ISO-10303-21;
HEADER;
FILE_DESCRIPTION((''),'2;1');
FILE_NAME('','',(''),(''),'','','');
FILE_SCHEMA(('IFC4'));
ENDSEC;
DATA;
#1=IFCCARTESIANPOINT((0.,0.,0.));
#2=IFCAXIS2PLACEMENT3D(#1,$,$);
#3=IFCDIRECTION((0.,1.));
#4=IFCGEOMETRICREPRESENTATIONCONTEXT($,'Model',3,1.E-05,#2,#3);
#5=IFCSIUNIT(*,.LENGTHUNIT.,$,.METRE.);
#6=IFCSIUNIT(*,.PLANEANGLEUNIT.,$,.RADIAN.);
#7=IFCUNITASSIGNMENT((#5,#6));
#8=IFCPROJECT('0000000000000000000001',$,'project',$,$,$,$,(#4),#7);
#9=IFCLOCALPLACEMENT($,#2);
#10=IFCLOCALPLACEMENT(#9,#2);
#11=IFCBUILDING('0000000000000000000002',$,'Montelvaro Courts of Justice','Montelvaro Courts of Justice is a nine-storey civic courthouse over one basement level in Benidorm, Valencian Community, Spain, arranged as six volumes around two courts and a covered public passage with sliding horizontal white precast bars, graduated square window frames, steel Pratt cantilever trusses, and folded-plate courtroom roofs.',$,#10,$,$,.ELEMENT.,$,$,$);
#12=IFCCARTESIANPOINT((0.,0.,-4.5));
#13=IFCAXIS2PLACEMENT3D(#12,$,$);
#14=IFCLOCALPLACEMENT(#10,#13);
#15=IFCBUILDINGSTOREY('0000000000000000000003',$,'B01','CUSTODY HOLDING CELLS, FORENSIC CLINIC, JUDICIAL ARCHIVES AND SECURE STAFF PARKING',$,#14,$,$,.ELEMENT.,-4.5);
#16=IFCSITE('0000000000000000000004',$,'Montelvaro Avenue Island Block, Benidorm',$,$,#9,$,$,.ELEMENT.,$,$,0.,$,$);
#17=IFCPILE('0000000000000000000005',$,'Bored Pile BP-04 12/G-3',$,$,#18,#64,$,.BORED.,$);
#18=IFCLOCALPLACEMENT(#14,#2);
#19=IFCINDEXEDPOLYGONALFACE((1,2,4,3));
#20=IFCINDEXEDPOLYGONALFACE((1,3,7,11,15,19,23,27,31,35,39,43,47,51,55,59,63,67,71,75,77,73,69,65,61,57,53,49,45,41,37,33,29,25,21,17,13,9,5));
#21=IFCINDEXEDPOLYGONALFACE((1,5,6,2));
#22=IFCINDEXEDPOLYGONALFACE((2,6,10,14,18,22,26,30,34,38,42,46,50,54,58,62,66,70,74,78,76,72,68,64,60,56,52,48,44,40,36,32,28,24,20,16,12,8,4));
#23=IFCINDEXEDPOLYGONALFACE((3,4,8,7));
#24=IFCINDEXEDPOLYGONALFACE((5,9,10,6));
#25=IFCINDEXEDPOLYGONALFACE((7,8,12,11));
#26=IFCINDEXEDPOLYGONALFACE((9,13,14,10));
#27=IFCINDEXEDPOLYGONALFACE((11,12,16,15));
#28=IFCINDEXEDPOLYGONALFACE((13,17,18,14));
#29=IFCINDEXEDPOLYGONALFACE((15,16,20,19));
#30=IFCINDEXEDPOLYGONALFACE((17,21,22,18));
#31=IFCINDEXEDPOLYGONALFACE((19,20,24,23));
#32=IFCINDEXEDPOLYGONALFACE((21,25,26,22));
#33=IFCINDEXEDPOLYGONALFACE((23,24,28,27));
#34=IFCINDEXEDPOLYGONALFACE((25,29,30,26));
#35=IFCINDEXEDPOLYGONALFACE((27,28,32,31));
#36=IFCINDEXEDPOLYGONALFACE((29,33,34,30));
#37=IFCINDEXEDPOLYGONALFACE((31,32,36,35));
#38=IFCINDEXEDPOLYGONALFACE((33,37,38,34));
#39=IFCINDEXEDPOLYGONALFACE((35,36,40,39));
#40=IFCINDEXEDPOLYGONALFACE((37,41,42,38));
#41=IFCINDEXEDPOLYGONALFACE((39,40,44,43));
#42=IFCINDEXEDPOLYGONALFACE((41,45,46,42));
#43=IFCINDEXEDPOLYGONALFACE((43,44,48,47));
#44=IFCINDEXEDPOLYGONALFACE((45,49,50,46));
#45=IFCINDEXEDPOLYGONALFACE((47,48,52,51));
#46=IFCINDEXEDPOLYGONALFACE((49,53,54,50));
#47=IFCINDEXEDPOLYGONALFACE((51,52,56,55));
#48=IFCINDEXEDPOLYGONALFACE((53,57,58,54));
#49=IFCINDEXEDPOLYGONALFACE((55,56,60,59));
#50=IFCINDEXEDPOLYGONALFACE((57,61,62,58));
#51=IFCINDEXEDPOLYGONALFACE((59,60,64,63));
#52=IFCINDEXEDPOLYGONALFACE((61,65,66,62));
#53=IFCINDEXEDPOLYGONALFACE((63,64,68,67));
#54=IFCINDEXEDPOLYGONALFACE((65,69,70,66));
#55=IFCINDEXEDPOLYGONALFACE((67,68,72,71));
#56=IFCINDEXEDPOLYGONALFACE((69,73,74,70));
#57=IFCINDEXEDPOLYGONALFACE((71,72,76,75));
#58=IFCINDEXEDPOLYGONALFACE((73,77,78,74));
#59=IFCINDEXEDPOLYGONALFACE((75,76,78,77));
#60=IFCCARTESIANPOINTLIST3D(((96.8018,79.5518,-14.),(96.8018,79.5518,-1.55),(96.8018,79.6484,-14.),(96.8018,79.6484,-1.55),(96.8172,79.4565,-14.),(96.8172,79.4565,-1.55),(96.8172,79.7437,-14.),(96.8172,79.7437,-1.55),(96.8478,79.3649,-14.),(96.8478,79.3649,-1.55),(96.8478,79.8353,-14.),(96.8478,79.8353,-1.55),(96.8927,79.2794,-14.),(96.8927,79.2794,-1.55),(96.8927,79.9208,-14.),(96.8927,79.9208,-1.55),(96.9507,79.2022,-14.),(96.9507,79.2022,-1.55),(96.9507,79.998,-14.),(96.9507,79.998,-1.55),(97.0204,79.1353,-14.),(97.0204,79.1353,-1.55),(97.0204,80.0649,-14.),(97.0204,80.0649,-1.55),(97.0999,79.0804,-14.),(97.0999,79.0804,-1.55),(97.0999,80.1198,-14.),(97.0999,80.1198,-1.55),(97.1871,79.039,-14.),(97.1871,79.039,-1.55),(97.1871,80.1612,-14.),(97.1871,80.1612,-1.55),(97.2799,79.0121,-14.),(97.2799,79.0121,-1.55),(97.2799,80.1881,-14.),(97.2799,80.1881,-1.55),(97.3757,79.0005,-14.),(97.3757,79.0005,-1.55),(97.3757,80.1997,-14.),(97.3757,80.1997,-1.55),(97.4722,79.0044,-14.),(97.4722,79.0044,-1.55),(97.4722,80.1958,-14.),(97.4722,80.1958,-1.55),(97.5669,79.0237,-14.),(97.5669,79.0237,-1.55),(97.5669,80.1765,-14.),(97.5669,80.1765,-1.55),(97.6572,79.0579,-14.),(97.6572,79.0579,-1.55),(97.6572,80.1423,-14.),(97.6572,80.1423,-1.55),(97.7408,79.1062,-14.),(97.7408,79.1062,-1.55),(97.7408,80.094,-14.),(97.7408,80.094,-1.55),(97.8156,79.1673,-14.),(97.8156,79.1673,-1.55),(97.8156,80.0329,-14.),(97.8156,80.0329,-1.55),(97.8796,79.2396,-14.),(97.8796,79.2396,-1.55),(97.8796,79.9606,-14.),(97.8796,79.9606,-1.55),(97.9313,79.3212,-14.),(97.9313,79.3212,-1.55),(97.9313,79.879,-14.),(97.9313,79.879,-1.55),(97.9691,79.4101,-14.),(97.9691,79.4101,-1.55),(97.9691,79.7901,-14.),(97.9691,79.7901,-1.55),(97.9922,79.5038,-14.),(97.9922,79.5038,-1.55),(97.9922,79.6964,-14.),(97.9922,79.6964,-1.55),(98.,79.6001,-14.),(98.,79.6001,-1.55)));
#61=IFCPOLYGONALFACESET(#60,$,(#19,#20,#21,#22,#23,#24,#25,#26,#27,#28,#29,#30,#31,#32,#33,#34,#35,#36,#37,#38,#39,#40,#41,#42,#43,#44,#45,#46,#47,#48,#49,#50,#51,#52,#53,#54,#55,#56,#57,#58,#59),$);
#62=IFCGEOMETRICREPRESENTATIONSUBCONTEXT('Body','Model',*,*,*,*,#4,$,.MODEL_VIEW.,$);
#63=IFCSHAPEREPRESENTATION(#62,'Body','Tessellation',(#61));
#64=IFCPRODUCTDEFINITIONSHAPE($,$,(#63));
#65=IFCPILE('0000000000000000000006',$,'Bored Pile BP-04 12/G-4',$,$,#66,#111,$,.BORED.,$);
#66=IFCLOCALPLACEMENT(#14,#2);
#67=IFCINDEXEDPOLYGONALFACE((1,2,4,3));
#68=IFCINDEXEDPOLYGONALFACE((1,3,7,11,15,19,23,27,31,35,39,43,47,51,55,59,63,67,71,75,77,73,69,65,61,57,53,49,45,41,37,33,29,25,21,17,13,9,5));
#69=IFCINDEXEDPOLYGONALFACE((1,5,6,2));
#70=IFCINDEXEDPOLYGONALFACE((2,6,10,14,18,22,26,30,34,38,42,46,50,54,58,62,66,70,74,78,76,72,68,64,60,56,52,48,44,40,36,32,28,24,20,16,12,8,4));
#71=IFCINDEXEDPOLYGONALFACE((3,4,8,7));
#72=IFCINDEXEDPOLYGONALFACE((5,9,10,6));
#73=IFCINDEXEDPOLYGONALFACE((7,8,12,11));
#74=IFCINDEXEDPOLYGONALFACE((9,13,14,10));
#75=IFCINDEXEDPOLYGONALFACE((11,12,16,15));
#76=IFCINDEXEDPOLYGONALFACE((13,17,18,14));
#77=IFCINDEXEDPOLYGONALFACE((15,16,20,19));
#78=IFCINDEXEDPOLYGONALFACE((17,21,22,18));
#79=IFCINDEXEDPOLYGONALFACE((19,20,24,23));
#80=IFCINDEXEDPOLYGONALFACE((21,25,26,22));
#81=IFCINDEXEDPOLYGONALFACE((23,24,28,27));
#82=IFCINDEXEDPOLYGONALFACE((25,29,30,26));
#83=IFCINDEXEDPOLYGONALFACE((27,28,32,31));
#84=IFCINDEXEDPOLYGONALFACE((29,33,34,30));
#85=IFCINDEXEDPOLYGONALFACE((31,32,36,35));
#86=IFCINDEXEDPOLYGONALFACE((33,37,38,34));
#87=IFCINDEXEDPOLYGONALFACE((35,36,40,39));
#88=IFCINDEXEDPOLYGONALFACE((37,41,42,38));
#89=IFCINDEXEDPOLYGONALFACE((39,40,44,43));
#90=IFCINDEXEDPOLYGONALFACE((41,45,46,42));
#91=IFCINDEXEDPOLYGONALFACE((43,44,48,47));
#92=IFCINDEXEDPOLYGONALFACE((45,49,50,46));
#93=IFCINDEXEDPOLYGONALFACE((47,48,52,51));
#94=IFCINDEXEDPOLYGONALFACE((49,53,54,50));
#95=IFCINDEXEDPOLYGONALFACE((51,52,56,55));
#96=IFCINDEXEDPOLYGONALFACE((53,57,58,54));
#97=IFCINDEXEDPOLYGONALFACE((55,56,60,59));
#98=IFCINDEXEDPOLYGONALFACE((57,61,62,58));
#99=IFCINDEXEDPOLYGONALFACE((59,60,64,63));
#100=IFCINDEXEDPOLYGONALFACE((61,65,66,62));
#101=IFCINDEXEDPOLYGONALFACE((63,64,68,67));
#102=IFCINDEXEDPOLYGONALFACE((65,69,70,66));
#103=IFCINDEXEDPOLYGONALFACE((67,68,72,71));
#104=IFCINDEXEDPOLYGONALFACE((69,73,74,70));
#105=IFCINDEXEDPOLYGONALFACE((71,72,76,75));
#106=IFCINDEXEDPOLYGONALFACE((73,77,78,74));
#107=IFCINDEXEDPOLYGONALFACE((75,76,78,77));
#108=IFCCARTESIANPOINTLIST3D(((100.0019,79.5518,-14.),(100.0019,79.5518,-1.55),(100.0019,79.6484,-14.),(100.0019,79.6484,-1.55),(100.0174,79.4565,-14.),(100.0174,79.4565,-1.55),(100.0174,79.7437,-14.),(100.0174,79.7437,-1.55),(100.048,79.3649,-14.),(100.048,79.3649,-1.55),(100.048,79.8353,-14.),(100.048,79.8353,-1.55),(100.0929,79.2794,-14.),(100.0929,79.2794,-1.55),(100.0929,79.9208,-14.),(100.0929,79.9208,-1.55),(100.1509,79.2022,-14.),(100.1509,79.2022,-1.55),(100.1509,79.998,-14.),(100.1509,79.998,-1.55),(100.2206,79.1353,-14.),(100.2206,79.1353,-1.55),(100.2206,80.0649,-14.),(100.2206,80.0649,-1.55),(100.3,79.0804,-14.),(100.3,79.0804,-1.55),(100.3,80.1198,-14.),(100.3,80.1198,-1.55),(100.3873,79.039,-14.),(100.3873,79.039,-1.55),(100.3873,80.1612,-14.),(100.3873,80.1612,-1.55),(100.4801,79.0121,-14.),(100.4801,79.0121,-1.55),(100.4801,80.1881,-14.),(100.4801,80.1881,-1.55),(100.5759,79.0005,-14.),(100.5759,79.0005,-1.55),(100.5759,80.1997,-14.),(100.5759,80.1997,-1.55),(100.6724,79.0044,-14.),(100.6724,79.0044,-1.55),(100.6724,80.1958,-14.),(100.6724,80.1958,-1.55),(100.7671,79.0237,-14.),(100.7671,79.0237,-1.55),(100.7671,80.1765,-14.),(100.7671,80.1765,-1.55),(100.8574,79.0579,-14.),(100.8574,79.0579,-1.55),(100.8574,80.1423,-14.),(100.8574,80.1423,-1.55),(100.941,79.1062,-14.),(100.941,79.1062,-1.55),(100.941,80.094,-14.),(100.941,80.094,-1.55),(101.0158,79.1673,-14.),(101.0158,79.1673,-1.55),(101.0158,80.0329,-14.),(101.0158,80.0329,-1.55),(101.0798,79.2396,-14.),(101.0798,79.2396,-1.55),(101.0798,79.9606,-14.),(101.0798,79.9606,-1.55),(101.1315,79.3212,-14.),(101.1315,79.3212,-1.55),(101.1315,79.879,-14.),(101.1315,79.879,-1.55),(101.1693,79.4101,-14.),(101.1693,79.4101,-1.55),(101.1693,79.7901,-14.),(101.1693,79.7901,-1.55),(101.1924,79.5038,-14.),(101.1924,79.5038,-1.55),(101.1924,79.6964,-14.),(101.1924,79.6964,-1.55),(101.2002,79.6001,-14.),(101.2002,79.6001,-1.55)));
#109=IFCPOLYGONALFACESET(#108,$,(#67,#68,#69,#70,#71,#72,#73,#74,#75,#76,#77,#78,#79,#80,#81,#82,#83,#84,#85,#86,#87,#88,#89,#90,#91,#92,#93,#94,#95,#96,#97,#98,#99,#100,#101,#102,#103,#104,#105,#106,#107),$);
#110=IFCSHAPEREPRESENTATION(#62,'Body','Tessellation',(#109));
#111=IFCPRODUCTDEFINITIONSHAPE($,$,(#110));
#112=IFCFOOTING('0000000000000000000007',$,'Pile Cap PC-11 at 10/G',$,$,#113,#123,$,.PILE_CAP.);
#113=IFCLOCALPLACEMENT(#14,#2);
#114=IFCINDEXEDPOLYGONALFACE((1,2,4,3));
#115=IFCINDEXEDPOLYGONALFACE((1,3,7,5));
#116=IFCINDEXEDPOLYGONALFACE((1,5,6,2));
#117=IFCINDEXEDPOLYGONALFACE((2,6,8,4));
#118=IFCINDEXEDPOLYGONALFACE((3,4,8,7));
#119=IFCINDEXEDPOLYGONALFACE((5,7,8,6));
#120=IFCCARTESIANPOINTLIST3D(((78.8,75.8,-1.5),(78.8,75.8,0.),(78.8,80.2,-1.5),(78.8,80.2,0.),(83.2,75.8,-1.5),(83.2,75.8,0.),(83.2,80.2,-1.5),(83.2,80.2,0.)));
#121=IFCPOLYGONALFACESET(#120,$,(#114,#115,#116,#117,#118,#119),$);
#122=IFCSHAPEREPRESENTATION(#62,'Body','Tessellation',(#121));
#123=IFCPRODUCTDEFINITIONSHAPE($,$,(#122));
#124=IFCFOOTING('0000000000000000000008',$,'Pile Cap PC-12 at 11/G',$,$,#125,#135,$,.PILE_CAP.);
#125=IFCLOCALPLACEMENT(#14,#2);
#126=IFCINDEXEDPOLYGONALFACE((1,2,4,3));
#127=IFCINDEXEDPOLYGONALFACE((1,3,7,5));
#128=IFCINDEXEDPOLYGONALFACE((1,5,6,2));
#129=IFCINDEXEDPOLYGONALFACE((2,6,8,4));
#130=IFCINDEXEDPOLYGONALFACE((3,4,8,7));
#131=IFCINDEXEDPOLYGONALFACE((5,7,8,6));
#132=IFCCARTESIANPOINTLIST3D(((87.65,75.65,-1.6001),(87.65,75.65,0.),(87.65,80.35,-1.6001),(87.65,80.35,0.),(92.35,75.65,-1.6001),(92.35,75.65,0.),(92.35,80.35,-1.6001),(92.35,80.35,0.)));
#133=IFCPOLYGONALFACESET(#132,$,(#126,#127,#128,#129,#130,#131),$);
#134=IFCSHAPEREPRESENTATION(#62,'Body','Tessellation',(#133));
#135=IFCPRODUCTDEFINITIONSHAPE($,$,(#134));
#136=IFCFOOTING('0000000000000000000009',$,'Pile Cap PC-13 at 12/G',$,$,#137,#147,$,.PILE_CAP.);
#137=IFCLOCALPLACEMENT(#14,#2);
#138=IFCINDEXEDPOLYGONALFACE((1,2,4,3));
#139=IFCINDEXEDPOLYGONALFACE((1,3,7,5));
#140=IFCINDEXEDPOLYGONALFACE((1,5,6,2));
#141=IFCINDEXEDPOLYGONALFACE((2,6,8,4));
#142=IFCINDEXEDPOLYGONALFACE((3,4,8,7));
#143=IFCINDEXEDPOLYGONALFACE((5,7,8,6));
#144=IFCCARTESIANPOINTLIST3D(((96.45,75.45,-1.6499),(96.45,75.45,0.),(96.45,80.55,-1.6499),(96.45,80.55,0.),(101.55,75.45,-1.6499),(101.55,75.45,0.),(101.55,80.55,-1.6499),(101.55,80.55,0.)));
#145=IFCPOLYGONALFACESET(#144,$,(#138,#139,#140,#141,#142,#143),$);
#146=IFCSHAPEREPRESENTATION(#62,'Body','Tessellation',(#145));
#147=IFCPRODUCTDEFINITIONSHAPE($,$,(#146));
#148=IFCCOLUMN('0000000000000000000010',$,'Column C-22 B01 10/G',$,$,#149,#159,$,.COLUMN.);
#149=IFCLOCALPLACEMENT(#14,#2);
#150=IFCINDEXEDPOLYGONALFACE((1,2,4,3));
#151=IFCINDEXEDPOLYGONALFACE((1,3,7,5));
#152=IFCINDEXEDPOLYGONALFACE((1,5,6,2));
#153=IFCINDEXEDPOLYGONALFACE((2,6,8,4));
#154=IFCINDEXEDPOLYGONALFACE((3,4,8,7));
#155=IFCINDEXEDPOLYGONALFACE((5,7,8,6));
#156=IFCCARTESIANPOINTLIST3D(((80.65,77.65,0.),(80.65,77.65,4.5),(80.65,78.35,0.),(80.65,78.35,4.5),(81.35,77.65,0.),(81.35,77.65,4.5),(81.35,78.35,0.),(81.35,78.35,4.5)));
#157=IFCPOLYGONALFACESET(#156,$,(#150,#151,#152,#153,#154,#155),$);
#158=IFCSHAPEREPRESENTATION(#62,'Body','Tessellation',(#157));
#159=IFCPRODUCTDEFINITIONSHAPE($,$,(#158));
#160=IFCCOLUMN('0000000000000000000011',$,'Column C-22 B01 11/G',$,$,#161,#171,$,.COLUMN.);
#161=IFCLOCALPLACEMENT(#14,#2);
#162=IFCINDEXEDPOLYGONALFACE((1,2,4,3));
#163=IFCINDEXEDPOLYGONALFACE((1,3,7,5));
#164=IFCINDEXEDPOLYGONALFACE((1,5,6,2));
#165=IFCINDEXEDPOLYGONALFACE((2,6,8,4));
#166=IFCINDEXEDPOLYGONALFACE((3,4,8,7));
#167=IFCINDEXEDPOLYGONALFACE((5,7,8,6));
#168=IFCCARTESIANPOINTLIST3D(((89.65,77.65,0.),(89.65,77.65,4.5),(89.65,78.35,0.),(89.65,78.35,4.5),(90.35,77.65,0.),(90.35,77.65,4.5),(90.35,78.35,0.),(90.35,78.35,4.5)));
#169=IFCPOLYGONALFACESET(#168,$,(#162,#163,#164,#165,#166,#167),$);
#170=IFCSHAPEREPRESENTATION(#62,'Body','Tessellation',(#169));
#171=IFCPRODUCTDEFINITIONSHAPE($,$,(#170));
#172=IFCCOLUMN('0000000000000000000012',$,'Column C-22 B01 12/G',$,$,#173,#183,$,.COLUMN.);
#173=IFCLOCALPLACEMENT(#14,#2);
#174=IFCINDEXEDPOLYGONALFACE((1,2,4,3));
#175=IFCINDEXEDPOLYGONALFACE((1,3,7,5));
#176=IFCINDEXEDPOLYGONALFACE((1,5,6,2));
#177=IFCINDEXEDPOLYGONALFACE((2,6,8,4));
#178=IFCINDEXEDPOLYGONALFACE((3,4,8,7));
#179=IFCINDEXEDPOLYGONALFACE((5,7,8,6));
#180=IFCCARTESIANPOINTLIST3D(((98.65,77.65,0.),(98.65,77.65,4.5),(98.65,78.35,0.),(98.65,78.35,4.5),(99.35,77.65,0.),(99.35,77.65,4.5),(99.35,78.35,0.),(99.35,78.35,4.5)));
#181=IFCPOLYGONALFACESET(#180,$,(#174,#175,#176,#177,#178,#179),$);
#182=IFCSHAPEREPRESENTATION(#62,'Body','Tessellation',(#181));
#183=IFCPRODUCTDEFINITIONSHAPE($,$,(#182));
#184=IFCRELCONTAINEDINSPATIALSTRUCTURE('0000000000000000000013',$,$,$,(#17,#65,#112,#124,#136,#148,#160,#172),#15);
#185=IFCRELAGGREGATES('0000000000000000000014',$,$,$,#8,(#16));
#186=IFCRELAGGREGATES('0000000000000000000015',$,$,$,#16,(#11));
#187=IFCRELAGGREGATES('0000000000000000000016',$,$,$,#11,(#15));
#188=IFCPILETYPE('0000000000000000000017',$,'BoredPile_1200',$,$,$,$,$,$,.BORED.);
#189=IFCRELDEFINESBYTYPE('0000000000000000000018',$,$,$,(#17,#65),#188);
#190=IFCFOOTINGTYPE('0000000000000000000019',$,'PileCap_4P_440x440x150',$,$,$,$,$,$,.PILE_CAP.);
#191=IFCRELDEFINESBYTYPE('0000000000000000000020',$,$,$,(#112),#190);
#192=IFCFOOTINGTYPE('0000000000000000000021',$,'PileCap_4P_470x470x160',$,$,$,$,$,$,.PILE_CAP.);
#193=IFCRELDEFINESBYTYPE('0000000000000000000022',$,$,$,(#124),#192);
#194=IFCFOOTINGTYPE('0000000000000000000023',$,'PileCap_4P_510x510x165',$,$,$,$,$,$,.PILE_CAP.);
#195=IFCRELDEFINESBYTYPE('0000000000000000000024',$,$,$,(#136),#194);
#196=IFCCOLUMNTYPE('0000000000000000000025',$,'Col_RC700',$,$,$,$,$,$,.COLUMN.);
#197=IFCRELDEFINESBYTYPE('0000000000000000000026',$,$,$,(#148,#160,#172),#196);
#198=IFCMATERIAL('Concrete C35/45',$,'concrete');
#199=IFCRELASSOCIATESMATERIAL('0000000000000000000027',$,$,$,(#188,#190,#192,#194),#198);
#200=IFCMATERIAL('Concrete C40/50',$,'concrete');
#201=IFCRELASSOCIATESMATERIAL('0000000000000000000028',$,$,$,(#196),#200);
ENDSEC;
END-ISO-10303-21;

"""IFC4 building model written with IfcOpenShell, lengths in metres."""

from ifc_helpers import new_model, si_unit, direction, frame, origin, origin_2d, place, context, subcontext, project, spatial, rectangle, circle, extrude, material, material_profile, profile_set, type_object, element, save


model = new_model("IFC4")

# Units and contexts
model_context = context("Model", 3, precision=1e-05, world=origin(), true_north=direction((0.0, 1.0)))
body_context = subcontext(model_context, "Body", "Model", "MODEL_VIEW")
ifc_project = project(units=[si_unit("LENGTHUNIT", "METRE"), si_unit("PLANEANGLEUNIT", "RADIAN")], contexts=[model_context])

# Site, building, storey
site_placement = place(None, origin())
site = spatial("IfcSite", under=ifc_project, at=site_placement, Name="Montelvaro Avenue Island Block, Benidorm", CompositionType="ELEMENT", RefElevation=0.0)
building_placement = place(site_placement, origin())
building = spatial("IfcBuilding", under=site, at=building_placement, Name="Montelvaro Courts of Justice", Description="Montelvaro Courts of Justice is a nine-storey civic courthouse over one basement level in Benidorm, Valencian Community, Spain, arranged as six volumes around two courts and a covered public passage with sliding horizontal white precast bars, graduated square window frames, steel Pratt cantilever trusses, and folded-plate courtroom roofs.", CompositionType="ELEMENT")
storey_placement = place(building_placement, frame((0.0, 0.0, -4.5)))
storey = spatial("IfcBuildingStorey", under=building, at=storey_placement, Name="B01", Description="CUSTODY HOLDING CELLS, FORENSIC CLINIC, JUDICIAL ARCHIVES AND SECURE STAFF PARKING", CompositionType="ELEMENT", Elevation=-4.5)

# Piles
ifc_material_1 = material(Name="Concrete C35/45", Category="concrete")
ifc_material_profile_1 = material_profile(ifc_material_1, circle(Radius=0.6001, at=origin_2d()), Name="BORED PILE D1200")
ifc_profile_set_1 = profile_set([ifc_material_profile_1], Name="Concrete C35/45")
pile_type_1 = type_object("IfcPileType", Name="BoredPile_1200", PredefinedType="BORED", material=ifc_profile_set_1)
for number, where, z_axis, x_axis, name in (
    (1, (97.3999, 79.6001, -1.55), (0.0, 0.0, -1.0), (1.0, 0.0, 0.0), "Bored Pile BP-04 12/G-3"),
    (2, (100.6001, 79.6001, -1.55), (0.0, 0.0, -1.0), (1.0, 0.0, 0.0), "Bored Pile BP-04 12/G-4"),
):
    element("IfcPile", number, at=place(storey_placement, frame(where, z_axis=z_axis, x_axis=x_axis)), inside=storey, type_object=pile_type_1, Name=name, PredefinedType="BORED", context=body_context, shape_type="SweptSolid", body=[
        extrude(circle(Radius=0.6001, at=origin_2d()), origin(), (0.0, 0.0, 1.0), 12.45),
    ])

# Footings
footing_type_1 = type_object("IfcFootingType", Name="PileCap_4P_440x440x150", PredefinedType="PILE_CAP", material=ifc_material_1)
footing_1_placement = place(storey_placement, frame((81.0, 78.0, -1.5), z_axis=(0.0, 0.0, 1.0), x_axis=(1.0, 0.0, 0.0)))
element("IfcFooting", 3, at=footing_1_placement, inside=storey, type_object=footing_type_1, Name="Pile Cap PC-11 at 10/G", PredefinedType="PILE_CAP", context=body_context, shape_type="SweptSolid", body=[
    extrude(rectangle(XDim=4.3999, YDim=4.3999, at=origin_2d()), origin(), (0.0, 0.0, 1.0), 1.5),
])
footing_type_2 = type_object("IfcFootingType", Name="PileCap_4P_470x470x160", PredefinedType="PILE_CAP", material=ifc_material_1)
footing_2_placement = place(storey_placement, frame((90.0, 78.0, -1.6001), z_axis=(0.0, 0.0, 1.0), x_axis=(1.0, 0.0, 0.0)))
element("IfcFooting", 4, at=footing_2_placement, inside=storey, type_object=footing_type_2, Name="Pile Cap PC-12 at 11/G", PredefinedType="PILE_CAP", context=body_context, shape_type="SweptSolid", body=[
    extrude(rectangle(XDim=4.7, YDim=4.7, at=origin_2d()), origin(), (0.0, 0.0, 1.0), 1.6001),
])
footing_type_3 = type_object("IfcFootingType", Name="PileCap_4P_510x510x165", PredefinedType="PILE_CAP", material=ifc_material_1)
footing_3_placement = place(storey_placement, frame((99.0, 78.0, -1.6499), z_axis=(0.0, 0.0, 1.0), x_axis=(1.0, 0.0, 0.0)))
element("IfcFooting", 5, at=footing_3_placement, inside=storey, type_object=footing_type_3, Name="Pile Cap PC-13 at 12/G", PredefinedType="PILE_CAP", context=body_context, shape_type="SweptSolid", body=[
    extrude(rectangle(XDim=5.1001, YDim=5.1001, at=origin_2d()), origin(), (0.0, 0.0, 1.0), 1.6499),
])

# Columns
ifc_material_2 = material(Name="Concrete C40/50", Category="concrete")
ifc_material_profile_2 = material_profile(ifc_material_2, rectangle(XDim=0.7, YDim=0.7, at=origin_2d()), Name="RC 700x700")
ifc_profile_set_2 = profile_set([ifc_material_profile_2], Name="Concrete C40/50")
column_type = type_object("IfcColumnType", Name="Col_RC700", PredefinedType="COLUMN", material=ifc_profile_set_2)
for number, where, z_axis, x_axis, name in (
    (6, (81.0, 78.0, 0.0), (0.0, 0.0, 1.0), (1.0, 0.0, 0.0), "Column C-22 B01 10/G"),
    (7, (90.0, 78.0, 0.0), (0.0, 0.0, 1.0), (1.0, 0.0, 0.0), "Column C-22 B01 11/G"),
    (8, (99.0, 78.0, 0.0), (0.0, 0.0, 1.0), (1.0, 0.0, 0.0), "Column C-22 B01 12/G"),
):
    element("IfcColumn", number, at=place(storey_placement, frame(where, z_axis=z_axis, x_axis=x_axis)), inside=storey, type_object=column_type, Name=name, PredefinedType="COLUMN", context=body_context, shape_type="SweptSolid", body=[
        extrude(rectangle(XDim=0.7, YDim=0.7, at=origin_2d()), origin(), (0.0, 0.0, 1.0), 4.5),
    ])

save(model, "model.ifc")
